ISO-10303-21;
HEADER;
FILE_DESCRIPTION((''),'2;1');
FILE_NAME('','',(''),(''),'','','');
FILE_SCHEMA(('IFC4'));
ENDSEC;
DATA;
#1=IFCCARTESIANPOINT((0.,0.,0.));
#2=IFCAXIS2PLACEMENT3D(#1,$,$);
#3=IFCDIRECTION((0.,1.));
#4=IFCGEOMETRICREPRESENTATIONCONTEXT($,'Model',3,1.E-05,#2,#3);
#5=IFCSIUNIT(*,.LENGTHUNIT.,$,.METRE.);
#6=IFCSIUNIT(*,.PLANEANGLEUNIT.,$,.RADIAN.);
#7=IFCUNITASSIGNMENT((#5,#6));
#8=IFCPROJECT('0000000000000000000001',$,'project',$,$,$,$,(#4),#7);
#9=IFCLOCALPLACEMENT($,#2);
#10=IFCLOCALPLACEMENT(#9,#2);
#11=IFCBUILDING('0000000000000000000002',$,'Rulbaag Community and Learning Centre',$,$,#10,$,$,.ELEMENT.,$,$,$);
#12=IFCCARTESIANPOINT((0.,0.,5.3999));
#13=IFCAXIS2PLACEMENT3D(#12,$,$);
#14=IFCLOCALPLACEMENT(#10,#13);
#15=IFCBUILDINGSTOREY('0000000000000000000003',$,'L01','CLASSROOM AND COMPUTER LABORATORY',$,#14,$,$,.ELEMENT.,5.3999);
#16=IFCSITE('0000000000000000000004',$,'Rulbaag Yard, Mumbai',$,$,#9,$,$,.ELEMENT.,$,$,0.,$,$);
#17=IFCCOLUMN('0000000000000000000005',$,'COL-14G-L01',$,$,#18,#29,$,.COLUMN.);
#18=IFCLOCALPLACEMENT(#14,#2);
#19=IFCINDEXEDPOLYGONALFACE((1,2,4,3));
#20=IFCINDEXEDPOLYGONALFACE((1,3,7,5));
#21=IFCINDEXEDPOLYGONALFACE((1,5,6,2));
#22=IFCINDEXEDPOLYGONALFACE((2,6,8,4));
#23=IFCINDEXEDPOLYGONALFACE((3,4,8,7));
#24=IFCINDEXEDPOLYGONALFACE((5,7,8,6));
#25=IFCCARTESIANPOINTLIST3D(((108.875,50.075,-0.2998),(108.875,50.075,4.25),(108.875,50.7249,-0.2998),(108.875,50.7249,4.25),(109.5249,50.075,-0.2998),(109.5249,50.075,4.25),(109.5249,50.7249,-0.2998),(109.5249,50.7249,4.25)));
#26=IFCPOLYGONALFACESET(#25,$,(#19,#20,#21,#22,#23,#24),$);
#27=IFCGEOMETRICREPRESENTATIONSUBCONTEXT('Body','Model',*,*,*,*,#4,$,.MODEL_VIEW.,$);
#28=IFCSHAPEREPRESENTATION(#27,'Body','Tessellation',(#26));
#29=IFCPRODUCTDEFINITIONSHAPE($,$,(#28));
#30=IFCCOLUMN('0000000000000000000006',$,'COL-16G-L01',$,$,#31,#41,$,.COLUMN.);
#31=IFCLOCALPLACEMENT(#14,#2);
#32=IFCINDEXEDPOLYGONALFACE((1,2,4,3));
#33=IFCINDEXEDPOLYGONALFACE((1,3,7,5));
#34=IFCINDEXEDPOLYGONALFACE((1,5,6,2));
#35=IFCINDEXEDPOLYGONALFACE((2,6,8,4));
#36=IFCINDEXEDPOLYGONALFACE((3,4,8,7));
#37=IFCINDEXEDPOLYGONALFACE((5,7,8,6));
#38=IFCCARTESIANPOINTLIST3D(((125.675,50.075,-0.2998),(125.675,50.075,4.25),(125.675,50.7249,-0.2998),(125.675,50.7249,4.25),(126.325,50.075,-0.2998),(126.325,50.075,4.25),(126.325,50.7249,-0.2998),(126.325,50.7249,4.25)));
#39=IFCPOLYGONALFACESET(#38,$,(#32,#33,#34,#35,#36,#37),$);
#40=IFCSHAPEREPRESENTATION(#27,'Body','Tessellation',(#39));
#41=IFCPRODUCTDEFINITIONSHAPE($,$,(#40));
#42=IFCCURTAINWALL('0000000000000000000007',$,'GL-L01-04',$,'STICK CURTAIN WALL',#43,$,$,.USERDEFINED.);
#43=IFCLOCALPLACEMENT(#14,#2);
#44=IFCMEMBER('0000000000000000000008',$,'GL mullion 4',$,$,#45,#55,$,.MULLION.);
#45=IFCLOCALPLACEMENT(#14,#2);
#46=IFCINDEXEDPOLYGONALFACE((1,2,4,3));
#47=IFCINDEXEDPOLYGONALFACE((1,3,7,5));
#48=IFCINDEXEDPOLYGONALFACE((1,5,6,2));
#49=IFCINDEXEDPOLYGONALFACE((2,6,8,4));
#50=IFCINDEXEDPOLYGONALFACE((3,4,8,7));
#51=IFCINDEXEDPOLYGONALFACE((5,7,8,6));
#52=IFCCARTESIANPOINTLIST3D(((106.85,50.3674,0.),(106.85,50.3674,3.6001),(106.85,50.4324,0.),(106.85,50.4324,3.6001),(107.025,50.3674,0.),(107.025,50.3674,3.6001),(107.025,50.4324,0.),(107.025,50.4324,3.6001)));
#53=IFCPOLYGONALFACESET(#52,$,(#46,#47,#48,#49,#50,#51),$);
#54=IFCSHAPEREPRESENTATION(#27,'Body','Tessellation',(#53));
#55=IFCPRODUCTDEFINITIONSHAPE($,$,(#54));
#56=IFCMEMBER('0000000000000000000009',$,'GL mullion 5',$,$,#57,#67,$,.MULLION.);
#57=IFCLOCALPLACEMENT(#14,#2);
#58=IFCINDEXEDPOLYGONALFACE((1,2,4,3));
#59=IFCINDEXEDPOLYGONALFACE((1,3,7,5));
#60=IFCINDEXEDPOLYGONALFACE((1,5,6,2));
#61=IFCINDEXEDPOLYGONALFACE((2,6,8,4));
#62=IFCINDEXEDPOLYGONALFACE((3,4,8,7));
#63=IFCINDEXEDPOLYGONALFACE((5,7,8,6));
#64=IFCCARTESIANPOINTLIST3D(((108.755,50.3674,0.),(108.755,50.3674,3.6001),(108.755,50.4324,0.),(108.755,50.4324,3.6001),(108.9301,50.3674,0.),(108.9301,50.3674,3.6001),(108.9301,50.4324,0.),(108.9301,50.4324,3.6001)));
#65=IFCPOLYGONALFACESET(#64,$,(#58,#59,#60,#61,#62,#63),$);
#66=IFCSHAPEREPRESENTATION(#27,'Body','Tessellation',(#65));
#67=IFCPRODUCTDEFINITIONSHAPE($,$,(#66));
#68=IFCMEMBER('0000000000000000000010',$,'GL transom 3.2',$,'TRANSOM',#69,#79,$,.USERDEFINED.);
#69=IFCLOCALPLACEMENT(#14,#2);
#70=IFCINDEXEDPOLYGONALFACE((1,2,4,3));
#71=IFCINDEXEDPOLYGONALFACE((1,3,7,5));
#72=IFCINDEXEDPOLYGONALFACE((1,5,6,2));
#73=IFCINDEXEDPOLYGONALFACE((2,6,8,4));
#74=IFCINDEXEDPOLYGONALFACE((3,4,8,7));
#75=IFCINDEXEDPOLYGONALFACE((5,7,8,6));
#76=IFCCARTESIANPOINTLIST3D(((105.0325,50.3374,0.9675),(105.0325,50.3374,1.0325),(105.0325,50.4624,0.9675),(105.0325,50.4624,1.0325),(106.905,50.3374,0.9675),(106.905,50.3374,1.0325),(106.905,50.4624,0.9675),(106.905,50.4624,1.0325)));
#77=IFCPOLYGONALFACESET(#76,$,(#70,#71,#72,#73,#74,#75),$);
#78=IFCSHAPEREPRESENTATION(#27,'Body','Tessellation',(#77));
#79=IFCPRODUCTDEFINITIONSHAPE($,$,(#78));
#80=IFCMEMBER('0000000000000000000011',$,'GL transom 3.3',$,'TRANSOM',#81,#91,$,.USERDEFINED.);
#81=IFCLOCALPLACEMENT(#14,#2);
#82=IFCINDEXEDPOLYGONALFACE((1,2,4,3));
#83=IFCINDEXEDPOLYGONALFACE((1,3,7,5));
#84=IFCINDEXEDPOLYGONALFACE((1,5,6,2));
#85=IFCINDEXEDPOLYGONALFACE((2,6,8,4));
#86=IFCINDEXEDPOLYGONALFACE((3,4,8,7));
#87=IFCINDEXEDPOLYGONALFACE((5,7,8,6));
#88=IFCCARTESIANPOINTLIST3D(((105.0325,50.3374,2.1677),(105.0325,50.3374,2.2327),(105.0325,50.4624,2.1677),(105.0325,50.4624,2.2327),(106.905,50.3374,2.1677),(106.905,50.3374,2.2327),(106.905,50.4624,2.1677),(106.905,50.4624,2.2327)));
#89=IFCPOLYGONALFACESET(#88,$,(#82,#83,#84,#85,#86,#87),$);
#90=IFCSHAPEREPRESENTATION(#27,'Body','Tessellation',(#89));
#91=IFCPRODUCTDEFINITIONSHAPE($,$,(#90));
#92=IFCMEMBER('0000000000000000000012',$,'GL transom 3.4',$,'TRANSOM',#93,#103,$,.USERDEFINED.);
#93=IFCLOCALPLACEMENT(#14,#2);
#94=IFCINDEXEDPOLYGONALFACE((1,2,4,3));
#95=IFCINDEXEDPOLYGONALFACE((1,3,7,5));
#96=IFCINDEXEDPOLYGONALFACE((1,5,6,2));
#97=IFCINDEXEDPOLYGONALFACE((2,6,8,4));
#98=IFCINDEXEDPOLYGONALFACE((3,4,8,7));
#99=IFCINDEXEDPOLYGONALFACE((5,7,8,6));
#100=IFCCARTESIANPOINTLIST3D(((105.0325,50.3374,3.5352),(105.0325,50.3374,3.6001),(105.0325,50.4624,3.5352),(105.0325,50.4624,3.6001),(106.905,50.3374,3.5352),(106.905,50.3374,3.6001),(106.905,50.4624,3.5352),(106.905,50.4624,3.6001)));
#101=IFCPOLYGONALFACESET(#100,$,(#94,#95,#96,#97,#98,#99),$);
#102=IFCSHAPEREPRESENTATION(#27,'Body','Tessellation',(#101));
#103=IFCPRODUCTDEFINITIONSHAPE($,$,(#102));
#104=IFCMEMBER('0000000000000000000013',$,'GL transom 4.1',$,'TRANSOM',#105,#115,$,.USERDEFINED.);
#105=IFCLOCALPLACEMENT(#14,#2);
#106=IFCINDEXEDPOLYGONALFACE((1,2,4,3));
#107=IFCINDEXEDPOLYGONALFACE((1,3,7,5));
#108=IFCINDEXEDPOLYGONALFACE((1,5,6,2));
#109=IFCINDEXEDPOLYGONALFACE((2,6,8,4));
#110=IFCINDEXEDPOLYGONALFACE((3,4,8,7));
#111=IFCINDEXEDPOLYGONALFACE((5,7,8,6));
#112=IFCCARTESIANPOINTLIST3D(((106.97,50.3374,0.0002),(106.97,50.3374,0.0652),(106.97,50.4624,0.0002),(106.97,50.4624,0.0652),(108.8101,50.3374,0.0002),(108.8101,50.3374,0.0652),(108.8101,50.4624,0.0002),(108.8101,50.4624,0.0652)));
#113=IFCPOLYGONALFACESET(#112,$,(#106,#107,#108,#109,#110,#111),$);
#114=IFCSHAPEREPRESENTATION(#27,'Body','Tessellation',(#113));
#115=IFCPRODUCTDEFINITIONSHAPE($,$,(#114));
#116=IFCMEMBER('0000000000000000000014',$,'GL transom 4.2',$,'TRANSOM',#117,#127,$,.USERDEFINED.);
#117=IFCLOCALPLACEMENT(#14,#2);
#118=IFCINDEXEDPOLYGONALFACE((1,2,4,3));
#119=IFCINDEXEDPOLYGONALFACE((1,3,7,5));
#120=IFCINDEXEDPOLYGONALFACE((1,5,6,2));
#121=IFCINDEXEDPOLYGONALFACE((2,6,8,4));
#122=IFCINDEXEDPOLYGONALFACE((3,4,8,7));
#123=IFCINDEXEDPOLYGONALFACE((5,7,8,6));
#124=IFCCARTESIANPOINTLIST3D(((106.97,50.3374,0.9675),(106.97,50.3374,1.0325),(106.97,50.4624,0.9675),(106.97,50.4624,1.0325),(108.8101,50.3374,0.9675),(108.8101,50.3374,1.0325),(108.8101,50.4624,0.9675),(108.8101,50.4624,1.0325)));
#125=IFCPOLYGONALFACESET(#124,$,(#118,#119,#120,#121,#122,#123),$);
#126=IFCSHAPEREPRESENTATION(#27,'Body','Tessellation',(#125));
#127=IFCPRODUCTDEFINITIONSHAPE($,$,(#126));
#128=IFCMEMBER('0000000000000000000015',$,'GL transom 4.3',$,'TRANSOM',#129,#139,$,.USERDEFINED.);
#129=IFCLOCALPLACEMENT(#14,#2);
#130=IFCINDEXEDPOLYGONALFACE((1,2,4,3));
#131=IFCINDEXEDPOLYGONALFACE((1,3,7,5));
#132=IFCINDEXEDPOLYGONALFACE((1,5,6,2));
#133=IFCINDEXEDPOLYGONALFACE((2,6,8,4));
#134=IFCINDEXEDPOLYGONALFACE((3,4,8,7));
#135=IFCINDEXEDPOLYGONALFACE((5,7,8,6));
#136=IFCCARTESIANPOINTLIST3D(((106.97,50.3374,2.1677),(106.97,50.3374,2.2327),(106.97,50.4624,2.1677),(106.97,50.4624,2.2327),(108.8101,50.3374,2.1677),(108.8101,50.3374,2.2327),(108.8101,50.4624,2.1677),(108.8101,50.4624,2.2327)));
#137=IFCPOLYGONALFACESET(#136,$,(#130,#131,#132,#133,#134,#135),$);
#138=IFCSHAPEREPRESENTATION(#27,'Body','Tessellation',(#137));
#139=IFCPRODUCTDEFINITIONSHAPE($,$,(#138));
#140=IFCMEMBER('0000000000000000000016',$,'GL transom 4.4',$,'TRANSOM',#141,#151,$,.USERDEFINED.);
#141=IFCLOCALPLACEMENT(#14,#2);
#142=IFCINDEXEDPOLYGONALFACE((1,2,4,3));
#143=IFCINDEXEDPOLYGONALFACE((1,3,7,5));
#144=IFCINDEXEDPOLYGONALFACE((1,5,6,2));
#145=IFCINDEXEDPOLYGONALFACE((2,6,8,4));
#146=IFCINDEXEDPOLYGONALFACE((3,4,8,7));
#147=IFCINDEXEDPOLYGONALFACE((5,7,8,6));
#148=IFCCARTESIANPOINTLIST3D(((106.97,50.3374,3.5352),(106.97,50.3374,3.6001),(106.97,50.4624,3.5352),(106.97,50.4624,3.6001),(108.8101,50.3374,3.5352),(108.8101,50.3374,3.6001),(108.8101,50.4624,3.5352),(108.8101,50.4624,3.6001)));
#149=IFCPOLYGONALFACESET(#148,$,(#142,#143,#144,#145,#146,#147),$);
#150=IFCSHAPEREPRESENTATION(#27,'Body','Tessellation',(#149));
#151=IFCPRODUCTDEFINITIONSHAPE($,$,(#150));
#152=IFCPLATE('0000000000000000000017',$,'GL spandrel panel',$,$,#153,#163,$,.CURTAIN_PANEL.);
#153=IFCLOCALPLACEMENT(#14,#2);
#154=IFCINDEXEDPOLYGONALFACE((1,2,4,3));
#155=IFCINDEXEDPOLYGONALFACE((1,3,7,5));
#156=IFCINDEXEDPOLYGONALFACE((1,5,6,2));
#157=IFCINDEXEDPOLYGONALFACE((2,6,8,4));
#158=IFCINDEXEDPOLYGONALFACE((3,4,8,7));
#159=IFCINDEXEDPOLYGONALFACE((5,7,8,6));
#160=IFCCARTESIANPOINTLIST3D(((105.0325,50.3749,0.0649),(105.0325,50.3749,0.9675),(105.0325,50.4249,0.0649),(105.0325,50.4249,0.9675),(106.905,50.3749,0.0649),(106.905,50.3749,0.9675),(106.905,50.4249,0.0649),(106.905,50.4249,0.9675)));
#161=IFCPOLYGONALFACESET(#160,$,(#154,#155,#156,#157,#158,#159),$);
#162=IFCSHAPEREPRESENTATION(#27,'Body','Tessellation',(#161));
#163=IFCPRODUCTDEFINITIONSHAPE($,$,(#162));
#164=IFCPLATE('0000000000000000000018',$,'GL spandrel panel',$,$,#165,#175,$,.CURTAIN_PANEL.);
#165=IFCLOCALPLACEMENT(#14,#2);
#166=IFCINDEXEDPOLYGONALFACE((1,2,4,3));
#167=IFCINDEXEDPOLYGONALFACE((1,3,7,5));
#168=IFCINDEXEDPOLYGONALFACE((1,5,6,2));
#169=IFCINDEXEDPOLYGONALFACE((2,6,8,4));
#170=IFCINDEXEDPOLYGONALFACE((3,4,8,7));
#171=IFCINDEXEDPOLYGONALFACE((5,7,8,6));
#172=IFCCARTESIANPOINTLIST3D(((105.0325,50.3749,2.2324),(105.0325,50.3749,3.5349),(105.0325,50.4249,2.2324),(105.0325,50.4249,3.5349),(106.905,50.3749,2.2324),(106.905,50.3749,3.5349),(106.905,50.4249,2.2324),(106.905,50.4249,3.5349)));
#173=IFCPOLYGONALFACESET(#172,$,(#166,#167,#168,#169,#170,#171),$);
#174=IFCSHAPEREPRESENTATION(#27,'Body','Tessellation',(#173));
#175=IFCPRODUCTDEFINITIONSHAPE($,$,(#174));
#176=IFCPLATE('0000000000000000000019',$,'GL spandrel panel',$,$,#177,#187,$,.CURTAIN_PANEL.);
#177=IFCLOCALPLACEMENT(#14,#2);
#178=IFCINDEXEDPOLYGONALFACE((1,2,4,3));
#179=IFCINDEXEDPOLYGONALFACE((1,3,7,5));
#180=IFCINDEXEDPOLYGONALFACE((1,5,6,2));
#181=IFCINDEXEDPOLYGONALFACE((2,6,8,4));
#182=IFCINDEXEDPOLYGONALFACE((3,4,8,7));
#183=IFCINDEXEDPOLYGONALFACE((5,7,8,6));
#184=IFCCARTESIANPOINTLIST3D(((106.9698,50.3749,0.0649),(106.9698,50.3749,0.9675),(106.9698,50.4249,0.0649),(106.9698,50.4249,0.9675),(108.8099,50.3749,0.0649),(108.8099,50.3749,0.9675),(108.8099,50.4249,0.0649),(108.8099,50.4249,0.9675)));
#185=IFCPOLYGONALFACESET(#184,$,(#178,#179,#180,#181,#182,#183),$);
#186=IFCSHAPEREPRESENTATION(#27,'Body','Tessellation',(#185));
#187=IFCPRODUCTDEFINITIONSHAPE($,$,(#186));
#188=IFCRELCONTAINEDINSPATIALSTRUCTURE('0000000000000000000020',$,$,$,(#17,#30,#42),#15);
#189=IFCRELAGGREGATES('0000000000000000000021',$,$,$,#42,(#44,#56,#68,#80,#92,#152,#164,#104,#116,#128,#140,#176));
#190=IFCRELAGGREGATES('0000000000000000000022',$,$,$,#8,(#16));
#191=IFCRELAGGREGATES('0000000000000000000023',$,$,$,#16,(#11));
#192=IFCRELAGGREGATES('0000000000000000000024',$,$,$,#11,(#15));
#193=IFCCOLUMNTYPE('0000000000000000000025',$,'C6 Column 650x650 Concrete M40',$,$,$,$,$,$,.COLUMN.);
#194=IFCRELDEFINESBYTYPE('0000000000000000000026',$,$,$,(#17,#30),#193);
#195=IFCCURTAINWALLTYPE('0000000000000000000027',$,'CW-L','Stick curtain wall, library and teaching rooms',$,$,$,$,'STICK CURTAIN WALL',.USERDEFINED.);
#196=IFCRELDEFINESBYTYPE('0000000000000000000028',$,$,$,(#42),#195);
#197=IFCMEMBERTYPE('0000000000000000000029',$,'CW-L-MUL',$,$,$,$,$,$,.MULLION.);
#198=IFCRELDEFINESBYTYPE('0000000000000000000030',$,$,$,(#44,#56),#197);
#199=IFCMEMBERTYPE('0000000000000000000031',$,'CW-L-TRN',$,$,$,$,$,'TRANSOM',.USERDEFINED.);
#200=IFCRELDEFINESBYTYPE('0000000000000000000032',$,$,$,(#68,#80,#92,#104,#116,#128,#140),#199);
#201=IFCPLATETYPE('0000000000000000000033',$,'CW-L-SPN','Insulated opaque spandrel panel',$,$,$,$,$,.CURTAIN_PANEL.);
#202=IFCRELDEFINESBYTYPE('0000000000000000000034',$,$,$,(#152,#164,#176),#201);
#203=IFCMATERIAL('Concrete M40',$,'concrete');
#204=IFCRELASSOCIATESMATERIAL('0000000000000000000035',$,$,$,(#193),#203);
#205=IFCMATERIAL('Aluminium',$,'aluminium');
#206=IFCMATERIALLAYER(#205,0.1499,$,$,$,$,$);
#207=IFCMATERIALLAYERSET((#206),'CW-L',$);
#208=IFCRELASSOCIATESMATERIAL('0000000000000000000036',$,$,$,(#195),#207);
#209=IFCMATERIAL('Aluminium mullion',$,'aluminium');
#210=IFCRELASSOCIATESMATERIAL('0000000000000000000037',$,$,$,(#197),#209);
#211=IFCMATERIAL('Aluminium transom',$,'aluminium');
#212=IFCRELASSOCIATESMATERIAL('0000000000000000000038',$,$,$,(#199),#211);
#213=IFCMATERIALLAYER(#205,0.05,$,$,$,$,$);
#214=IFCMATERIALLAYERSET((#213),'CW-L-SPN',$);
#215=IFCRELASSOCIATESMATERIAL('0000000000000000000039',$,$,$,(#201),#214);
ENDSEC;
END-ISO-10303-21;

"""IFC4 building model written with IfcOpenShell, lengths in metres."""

from ifc_helpers import new_model, si_unit, direction, frame, origin, origin_2d, place, context, subcontext, project, spatial, rectangle, extrude, material, layer, layer_set, material_profile, profile_set, type_object, element, aggregate, save


model = new_model("IFC4")

# Units and contexts
model_context = context("Model", 3, precision=1e-05, world=origin(), true_north=direction((0.0, 1.0)))
body_context = subcontext(model_context, "Body", "Model", "MODEL_VIEW")
ifc_project = project(units=[si_unit("LENGTHUNIT", "METRE"), si_unit("PLANEANGLEUNIT", "RADIAN")], contexts=[model_context])

# Site, building, storey
site_placement = place(None, origin())
site = spatial("IfcSite", under=ifc_project, at=site_placement, Name="Rulbaag Yard, Mumbai", CompositionType="ELEMENT", RefElevation=0.0)
building_placement = place(site_placement, origin())
building = spatial("IfcBuilding", under=site, at=building_placement, Name="Rulbaag Community and Learning Centre", CompositionType="ELEMENT")
storey_placement = place(building_placement, frame((0.0, 0.0, 5.3999)))
storey = spatial("IfcBuildingStorey", under=building, at=storey_placement, Name="L01", Description="CLASSROOM AND COMPUTER LABORATORY", CompositionType="ELEMENT", Elevation=5.3999)

# Columns
ifc_material_1 = material(Name="Concrete M40", Category="concrete")
ifc_material_profile_1 = material_profile(ifc_material_1, rectangle(XDim=0.6499, YDim=0.6499, at=origin_2d()), Name="RC650x650")
ifc_profile_set_1 = profile_set([ifc_material_profile_1], Name="Concrete M40")
column_type = type_object("IfcColumnType", Name="C6 Column 650x650 Concrete M40", PredefinedType="COLUMN", material=ifc_profile_set_1)
for number, where, z_axis, x_axis, name in (
    (1, (109.2, 50.3999, -0.2998), (0.0, 0.0, 1.0), (1.0, 0.0, 0.0), "COL-14G-L01"),
    (2, (126.0, 50.3999, -0.2998), (0.0, 0.0, 1.0), (1.0, 0.0, 0.0), "COL-16G-L01"),
):
    element("IfcColumn", number, at=place(storey_placement, frame(where, z_axis=z_axis, x_axis=x_axis)), inside=storey, type_object=column_type, Name=name, PredefinedType="COLUMN", context=body_context, shape_type="SweptSolid", body=[
        extrude(rectangle(XDim=0.6499, YDim=0.6499, at=origin_2d()), origin(), (0.0, 0.0, 1.0), 4.5498),
    ])

# Curtain wall, members, plates
ifc_material_2 = material(Name="Aluminium", Category="aluminium")
ifc_layer_1 = layer(ifc_material_2, 0.1499)
ifc_layer_set_1 = layer_set([ifc_layer_1], Name="CW-L")
curtain_wall_type = type_object("IfcCurtainWallType", Name="CW-L", Description="Stick curtain wall, library and teaching rooms", ElementType="STICK CURTAIN WALL", PredefinedType="USERDEFINED", material=ifc_layer_set_1)
curtain_wall_placement = place(storey_placement, origin())
curtain_wall = element("IfcCurtainWall", 3, at=curtain_wall_placement, inside=storey, type_object=curtain_wall_type, Name="GL-L01-04", ObjectType="STICK CURTAIN WALL", PredefinedType="USERDEFINED")
ifc_material_3 = material(Name="Aluminium mullion", Category="aluminium")
ifc_material_profile_2 = material_profile(ifc_material_3, rectangle(XDim=0.0649, YDim=0.175, at=origin_2d()), Name="AL 65x175")
ifc_profile_set_2 = profile_set([ifc_material_profile_2], Name="Aluminium mullion")
member_type_1 = type_object("IfcMemberType", Name="CW-L-MUL", PredefinedType="MULLION", material=ifc_profile_set_2)
member_1_placement = place(storey_placement, frame((106.9375, 50.3999, 0.0), z_axis=(0.0, 0.0, 1.0), x_axis=(0.0, 1.0, 0.0)))
member_1 = element("IfcMember", 4, at=member_1_placement, type_object=member_type_1, Name="GL mullion 4", PredefinedType="MULLION", context=body_context, shape_type="SweptSolid", body=[
    extrude(rectangle(XDim=0.0649, YDim=0.175, at=origin_2d()), origin(), (0.0, 0.0, 1.0), 3.6001),
])
member_2_placement = place(storey_placement, frame((108.8425, 50.3999, 0.0), z_axis=(0.0, 0.0, 1.0), x_axis=(0.0, 1.0, 0.0)))
member_2 = element("IfcMember", 5, at=member_2_placement, type_object=member_type_1, Name="GL mullion 5", PredefinedType="MULLION", context=body_context, shape_type="SweptSolid", body=[
    extrude(rectangle(XDim=0.0649, YDim=0.175, at=origin_2d()), origin(), (0.0, 0.0, 1.0), 3.6001),
])
ifc_material_4 = material(Name="Aluminium transom", Category="aluminium")
ifc_material_profile_3 = material_profile(ifc_material_4, rectangle(XDim=0.125, YDim=0.0649, at=origin_2d()), Name="AL 65x125 T")
ifc_profile_set_3 = profile_set([ifc_material_profile_3], Name="Aluminium transom")
member_type_2 = type_object("IfcMemberType", Name="CW-L-TRN", ElementType="TRANSOM", PredefinedType="USERDEFINED", material=ifc_profile_set_3)
member_3_placement = place(storey_placement, frame((105.0325, 50.3999, 1.0), z_axis=(1.0, 0.0, 0.0), x_axis=(0.0, 1.0, 0.0)))
member_3 = element("IfcMember", 6, at=member_3_placement, type_object=member_type_2, Name="GL transom 3.2", ObjectType="TRANSOM", PredefinedType="USERDEFINED", context=body_context, shape_type="SweptSolid", body=[
    extrude(rectangle(XDim=0.125, YDim=0.0649, at=origin_2d()), origin(), (0.0, 0.0, 1.0), 1.8726),
])
member_4_placement = place(storey_placement, frame((105.0325, 50.3999, 2.2002), z_axis=(1.0, 0.0, 0.0), x_axis=(0.0, 1.0, 0.0)))
member_4 = element("IfcMember", 7, at=member_4_placement, type_object=member_type_2, Name="GL transom 3.3", ObjectType="TRANSOM", PredefinedType="USERDEFINED", context=body_context, shape_type="SweptSolid", body=[
    extrude(rectangle(XDim=0.125, YDim=0.0649, at=origin_2d()), origin(), (0.0, 0.0, 1.0), 1.8726),
])
member_5_placement = place(storey_placement, frame((105.0325, 50.3999, 3.5676), z_axis=(1.0, 0.0, 0.0), x_axis=(0.0, 1.0, 0.0)))
member_5 = element("IfcMember", 8, at=member_5_placement, type_object=member_type_2, Name="GL transom 3.4", ObjectType="TRANSOM", PredefinedType="USERDEFINED", context=body_context, shape_type="SweptSolid", body=[
    extrude(rectangle(XDim=0.125, YDim=0.0649, at=origin_2d()), origin(), (0.0, 0.0, 1.0), 1.8726),
])
member_6_placement = place(storey_placement, frame((106.97, 50.3999, 0.0327), z_axis=(1.0, 0.0, 0.0), x_axis=(0.0, 1.0, 0.0)))
member_6 = element("IfcMember", 9, at=member_6_placement, type_object=member_type_2, Name="GL transom 4.1", ObjectType="TRANSOM", PredefinedType="USERDEFINED", context=body_context, shape_type="SweptSolid", body=[
    extrude(rectangle(XDim=0.125, YDim=0.0649, at=origin_2d()), origin(), (0.0, 0.0, 1.0), 1.8401),
])
member_7_placement = place(storey_placement, frame((106.97, 50.3999, 1.0), z_axis=(1.0, 0.0, 0.0), x_axis=(0.0, 1.0, 0.0)))
member_7 = element("IfcMember", 10, at=member_7_placement, type_object=member_type_2, Name="GL transom 4.2", ObjectType="TRANSOM", PredefinedType="USERDEFINED", context=body_context, shape_type="SweptSolid", body=[
    extrude(rectangle(XDim=0.125, YDim=0.0649, at=origin_2d()), origin(), (0.0, 0.0, 1.0), 1.8401),
])
member_8_placement = place(storey_placement, frame((106.97, 50.3999, 2.2002), z_axis=(1.0, 0.0, 0.0), x_axis=(0.0, 1.0, 0.0)))
member_8 = element("IfcMember", 11, at=member_8_placement, type_object=member_type_2, Name="GL transom 4.3", ObjectType="TRANSOM", PredefinedType="USERDEFINED", context=body_context, shape_type="SweptSolid", body=[
    extrude(rectangle(XDim=0.125, YDim=0.0649, at=origin_2d()), origin(), (0.0, 0.0, 1.0), 1.8401),
])
member_9_placement = place(storey_placement, frame((106.97, 50.3999, 3.5676), z_axis=(1.0, 0.0, 0.0), x_axis=(0.0, 1.0, 0.0)))
member_9 = element("IfcMember", 12, at=member_9_placement, type_object=member_type_2, Name="GL transom 4.4", ObjectType="TRANSOM", PredefinedType="USERDEFINED", context=body_context, shape_type="SweptSolid", body=[
    extrude(rectangle(XDim=0.125, YDim=0.0649, at=origin_2d()), origin(), (0.0, 0.0, 1.0), 1.8401),
])
ifc_layer_2 = layer(ifc_material_2, 0.05)
ifc_layer_set_2 = layer_set([ifc_layer_2], Name="CW-L-SPN")
plate_type_1 = type_object("IfcPlateType", Name="CW-L-SPN", Description="Insulated opaque spandrel panel", PredefinedType="CURTAIN_PANEL", material=ifc_layer_set_2)
plate_1_placement = place(storey_placement, frame((105.9688, 50.3999, 0.0649), z_axis=(0.0, 0.0, 1.0), x_axis=(1.0, 0.0, 0.0)))
plate_1 = element("IfcPlate", 13, at=plate_1_placement, type_object=plate_type_1, Name="GL spandrel panel", PredefinedType="CURTAIN_PANEL", context=body_context, shape_type="SweptSolid", body=[
    extrude(rectangle(XDim=1.8726, YDim=0.05, at=origin_2d()), origin(), (0.0, 0.0, 1.0), 0.9026),
])
plate_2_placement = place(storey_placement, frame((105.9688, 50.3999, 2.2324), z_axis=(0.0, 0.0, 1.0), x_axis=(1.0, 0.0, 0.0)))
plate_2 = element("IfcPlate", 14, at=plate_2_placement, type_object=plate_type_1, Name="GL spandrel panel", PredefinedType="CURTAIN_PANEL", context=body_context, shape_type="SweptSolid", body=[
    extrude(rectangle(XDim=1.8726, YDim=0.05, at=origin_2d()), origin(), (0.0, 0.0, 1.0), 1.3025),
])
plate_3_placement = place(storey_placement, frame((107.8899, 50.3999, 0.0649), z_axis=(0.0, 0.0, 1.0), x_axis=(1.0, 0.0, 0.0)))
plate_3 = element("IfcPlate", 15, at=plate_3_placement, type_object=plate_type_1, Name="GL spandrel panel", PredefinedType="CURTAIN_PANEL", context=body_context, shape_type="SweptSolid", body=[
    extrude(rectangle(XDim=1.8401, YDim=0.05, at=origin_2d()), origin(), (0.0, 0.0, 1.0), 0.9026),
])
aggregate(curtain_wall, [member_1, member_2, member_3, member_4, member_5, plate_1, plate_2, member_6, member_7, member_8, member_9, plate_3])

save(model, "model.ifc")
